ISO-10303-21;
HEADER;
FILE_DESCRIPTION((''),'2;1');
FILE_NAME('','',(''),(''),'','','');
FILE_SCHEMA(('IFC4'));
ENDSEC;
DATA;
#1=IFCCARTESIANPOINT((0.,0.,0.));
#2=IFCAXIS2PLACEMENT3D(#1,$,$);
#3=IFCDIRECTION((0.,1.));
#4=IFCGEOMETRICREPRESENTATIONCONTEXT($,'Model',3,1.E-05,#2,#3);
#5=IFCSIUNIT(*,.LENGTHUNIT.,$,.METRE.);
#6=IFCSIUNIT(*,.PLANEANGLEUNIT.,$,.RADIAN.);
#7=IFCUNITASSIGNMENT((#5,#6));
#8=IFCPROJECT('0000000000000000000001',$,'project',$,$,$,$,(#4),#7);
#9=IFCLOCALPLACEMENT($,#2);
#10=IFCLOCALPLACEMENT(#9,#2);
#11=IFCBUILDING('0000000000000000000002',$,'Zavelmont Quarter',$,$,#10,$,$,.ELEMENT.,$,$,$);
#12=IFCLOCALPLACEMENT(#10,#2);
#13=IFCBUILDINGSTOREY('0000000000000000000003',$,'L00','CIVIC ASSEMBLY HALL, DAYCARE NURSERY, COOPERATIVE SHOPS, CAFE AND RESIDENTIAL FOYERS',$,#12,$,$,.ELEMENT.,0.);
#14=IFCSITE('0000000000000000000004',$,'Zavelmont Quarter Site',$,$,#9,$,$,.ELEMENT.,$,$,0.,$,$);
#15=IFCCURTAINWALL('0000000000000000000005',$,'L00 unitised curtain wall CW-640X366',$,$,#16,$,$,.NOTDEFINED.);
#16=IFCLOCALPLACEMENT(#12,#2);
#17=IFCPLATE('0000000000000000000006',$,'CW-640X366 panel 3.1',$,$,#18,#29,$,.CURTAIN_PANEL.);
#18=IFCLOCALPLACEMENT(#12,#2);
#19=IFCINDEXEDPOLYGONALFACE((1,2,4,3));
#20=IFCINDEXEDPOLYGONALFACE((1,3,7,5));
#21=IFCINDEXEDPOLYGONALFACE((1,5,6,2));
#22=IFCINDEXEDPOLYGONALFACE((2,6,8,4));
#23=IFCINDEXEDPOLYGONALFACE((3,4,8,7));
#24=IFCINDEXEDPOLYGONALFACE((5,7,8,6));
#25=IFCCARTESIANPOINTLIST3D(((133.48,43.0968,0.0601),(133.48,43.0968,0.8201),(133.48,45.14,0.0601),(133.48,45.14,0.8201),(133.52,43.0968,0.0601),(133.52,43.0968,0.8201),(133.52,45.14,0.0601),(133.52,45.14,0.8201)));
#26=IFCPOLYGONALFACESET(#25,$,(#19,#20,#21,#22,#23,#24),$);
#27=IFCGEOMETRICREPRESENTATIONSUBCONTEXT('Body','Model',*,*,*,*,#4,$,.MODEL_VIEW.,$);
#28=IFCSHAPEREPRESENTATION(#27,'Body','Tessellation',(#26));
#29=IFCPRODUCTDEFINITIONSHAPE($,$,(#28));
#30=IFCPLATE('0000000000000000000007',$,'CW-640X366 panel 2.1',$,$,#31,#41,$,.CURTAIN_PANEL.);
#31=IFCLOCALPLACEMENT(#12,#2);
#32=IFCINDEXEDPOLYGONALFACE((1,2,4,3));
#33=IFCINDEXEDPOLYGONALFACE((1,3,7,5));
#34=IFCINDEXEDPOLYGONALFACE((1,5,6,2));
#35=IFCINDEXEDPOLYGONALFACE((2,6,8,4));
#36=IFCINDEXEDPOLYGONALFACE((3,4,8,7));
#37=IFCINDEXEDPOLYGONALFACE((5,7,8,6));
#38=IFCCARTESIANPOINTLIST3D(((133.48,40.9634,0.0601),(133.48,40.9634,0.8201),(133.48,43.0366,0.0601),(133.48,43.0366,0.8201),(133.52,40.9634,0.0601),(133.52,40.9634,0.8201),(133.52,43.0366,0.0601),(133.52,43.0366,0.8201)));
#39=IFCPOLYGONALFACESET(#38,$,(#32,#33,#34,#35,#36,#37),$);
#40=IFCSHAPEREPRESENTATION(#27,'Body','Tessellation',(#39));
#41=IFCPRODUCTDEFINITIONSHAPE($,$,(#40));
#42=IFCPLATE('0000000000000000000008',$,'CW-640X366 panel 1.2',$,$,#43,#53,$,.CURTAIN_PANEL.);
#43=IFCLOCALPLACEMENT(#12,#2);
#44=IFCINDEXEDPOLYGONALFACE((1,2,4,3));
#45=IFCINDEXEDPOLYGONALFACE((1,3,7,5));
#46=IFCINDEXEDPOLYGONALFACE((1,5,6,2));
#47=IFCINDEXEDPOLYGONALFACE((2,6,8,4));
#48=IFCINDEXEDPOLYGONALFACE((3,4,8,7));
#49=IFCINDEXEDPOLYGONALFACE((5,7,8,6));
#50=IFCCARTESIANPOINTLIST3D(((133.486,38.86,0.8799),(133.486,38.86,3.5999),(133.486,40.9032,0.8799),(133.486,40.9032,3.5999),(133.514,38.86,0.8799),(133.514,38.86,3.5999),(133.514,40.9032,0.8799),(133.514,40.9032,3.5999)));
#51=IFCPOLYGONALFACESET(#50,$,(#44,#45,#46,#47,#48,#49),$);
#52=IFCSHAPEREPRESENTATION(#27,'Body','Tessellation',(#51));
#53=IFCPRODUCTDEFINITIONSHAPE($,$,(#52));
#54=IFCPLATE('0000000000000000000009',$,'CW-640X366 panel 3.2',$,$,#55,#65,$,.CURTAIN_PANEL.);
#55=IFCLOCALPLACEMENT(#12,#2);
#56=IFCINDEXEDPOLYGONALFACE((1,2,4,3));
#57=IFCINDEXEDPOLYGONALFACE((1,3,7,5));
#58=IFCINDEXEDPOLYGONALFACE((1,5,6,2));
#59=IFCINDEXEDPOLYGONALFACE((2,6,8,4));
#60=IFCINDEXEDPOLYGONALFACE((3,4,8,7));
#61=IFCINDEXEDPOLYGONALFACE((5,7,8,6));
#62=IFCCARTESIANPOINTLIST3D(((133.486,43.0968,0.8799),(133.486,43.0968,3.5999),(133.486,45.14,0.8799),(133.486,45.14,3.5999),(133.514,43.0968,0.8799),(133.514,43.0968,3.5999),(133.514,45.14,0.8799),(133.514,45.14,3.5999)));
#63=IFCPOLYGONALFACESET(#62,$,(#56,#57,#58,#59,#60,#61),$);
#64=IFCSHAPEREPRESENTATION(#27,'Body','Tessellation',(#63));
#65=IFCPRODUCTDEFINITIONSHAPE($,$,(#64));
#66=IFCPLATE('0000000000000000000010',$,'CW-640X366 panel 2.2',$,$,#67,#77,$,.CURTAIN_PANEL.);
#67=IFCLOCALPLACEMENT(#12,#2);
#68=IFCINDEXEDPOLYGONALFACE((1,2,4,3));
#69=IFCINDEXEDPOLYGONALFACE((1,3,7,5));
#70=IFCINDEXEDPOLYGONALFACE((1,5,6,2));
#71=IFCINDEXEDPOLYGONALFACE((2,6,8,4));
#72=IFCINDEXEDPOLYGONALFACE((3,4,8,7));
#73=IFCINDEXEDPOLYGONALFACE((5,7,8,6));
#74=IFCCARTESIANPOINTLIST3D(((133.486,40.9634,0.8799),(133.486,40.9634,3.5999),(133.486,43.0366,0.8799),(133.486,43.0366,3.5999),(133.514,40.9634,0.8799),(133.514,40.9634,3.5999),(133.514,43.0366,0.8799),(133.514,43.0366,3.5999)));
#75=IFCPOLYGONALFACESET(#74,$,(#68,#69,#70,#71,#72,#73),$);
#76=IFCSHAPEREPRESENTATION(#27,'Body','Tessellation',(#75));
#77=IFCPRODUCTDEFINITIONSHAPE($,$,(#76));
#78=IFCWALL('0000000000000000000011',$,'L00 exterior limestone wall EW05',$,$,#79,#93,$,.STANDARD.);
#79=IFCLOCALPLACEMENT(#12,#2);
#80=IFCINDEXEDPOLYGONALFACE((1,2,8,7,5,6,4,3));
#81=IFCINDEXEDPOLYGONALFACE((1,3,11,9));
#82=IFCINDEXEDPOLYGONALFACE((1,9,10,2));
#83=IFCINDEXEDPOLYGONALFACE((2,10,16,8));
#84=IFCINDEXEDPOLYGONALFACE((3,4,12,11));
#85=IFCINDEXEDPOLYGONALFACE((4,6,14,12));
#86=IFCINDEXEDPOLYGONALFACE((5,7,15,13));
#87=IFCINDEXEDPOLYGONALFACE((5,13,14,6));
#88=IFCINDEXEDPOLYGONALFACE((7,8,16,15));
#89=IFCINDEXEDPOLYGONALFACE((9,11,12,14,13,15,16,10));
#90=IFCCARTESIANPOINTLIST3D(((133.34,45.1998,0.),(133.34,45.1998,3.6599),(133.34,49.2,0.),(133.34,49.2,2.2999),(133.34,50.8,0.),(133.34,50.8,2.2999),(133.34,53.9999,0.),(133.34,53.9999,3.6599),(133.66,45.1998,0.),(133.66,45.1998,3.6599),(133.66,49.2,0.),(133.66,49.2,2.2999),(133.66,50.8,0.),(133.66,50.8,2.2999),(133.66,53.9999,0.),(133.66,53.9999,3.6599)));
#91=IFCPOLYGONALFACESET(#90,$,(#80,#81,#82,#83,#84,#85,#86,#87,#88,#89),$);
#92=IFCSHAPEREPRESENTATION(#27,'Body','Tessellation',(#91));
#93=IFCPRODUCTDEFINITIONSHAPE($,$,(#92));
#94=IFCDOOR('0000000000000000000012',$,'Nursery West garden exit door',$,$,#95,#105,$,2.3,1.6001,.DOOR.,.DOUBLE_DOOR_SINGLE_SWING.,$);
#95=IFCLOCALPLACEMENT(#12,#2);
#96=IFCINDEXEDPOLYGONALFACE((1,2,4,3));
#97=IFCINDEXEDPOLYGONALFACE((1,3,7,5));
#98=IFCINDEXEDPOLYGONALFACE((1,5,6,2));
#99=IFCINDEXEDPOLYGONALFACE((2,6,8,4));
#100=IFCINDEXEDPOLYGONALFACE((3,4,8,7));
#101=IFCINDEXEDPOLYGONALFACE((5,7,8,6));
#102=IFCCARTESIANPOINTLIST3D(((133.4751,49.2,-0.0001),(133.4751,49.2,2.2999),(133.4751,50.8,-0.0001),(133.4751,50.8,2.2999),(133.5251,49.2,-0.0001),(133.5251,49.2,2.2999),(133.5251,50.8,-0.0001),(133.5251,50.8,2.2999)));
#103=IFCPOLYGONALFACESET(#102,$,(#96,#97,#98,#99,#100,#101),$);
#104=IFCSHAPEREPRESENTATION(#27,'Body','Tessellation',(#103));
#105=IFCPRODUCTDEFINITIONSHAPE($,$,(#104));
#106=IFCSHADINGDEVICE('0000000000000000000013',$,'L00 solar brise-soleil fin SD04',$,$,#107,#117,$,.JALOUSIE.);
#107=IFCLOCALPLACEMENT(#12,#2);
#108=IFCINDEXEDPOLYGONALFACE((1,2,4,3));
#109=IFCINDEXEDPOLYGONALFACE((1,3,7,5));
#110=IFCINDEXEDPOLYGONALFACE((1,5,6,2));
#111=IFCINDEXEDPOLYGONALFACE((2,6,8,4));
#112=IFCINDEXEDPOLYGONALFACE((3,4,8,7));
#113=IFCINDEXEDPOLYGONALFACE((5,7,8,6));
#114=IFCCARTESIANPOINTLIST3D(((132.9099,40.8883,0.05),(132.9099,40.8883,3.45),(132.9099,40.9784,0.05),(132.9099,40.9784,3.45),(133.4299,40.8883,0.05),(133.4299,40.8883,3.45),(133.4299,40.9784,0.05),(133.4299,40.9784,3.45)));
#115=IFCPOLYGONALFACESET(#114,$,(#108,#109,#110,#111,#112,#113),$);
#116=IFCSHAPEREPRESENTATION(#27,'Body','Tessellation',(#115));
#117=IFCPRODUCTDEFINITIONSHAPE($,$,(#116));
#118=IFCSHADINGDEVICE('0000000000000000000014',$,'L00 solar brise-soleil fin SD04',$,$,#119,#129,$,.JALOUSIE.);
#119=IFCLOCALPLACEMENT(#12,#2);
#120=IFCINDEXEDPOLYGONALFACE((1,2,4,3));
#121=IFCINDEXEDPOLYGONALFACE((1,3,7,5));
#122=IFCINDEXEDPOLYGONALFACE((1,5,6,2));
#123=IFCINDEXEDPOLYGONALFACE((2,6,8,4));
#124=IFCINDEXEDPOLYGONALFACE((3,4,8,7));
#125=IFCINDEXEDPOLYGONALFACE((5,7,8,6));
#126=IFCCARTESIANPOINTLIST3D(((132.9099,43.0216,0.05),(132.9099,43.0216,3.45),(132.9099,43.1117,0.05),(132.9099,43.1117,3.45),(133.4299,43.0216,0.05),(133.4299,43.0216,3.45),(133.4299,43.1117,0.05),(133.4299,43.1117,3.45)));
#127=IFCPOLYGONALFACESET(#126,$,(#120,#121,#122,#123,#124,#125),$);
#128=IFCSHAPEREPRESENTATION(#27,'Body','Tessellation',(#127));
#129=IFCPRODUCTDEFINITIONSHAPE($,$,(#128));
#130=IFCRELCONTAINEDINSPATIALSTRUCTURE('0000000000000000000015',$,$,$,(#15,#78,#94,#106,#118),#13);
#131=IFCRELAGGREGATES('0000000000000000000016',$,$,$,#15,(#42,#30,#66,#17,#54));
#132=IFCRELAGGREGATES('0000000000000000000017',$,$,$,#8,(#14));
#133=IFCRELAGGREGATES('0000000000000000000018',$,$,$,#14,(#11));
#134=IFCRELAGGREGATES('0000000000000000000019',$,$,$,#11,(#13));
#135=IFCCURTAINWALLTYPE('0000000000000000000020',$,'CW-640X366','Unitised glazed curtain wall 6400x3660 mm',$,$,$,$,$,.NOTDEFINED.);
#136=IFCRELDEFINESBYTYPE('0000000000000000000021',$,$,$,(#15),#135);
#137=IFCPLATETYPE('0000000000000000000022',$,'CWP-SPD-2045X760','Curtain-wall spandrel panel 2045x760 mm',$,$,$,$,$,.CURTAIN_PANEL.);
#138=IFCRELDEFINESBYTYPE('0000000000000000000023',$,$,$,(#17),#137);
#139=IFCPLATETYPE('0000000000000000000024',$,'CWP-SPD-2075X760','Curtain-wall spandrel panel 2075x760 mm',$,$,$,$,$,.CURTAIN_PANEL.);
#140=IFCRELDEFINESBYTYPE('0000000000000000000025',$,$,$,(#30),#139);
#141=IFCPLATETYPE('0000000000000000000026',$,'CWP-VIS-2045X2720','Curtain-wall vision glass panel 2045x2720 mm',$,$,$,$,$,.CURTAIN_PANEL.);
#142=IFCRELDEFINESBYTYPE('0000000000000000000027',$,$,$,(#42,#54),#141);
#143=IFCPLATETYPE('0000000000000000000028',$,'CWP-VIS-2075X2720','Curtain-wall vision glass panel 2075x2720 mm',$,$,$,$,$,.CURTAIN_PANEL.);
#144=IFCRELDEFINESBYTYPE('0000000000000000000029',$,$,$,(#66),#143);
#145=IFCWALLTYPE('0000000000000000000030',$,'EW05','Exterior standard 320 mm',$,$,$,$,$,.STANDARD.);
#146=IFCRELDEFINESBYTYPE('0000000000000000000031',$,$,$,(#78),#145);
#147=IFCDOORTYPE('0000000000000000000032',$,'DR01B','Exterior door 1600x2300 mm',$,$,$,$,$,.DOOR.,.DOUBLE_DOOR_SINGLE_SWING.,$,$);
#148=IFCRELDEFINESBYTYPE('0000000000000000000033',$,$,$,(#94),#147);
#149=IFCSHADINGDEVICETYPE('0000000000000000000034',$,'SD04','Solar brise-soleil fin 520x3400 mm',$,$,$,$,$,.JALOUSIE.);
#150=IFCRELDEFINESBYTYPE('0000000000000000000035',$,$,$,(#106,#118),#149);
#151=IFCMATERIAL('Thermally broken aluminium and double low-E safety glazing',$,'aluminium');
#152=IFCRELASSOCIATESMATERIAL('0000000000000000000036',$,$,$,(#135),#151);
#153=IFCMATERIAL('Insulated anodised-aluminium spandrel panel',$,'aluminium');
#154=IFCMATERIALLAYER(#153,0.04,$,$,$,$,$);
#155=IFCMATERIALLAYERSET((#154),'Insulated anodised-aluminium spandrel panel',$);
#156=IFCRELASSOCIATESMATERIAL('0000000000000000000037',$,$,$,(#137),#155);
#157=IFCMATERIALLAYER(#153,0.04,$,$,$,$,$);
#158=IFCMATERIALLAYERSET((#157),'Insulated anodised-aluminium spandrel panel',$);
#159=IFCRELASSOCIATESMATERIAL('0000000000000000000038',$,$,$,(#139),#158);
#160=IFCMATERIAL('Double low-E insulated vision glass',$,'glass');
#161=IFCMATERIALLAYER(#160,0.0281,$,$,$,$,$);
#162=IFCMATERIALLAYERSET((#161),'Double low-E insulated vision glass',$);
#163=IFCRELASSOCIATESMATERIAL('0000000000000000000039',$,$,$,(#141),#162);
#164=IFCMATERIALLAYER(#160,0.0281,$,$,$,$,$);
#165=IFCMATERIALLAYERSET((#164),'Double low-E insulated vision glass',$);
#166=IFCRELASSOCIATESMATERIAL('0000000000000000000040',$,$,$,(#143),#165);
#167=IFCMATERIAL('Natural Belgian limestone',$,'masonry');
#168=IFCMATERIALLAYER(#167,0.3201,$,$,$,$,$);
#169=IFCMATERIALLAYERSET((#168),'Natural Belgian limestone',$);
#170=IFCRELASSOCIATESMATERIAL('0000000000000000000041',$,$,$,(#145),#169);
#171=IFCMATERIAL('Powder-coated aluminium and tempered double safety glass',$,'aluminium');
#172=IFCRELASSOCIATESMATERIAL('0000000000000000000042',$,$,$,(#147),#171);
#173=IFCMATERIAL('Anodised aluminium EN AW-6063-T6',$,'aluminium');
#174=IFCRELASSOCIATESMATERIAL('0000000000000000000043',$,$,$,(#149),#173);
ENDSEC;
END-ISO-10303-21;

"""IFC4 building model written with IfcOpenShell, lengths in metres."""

from ifc_helpers import new_model, si_unit, direction, frame, frame_2d, origin, origin_with_axes, origin_2d, place, context, subcontext, project, spatial, rectangle, extrude, material, layer, layer_set, type_object, element, fill, aggregate, save


model = new_model("IFC4")

# Units and contexts
model_context = context("Model", 3, precision=1e-05, world=origin(), true_north=direction((0.0, 1.0)))
body_context = subcontext(model_context, "Body", "Model", "MODEL_VIEW")
ifc_project = project(units=[si_unit("LENGTHUNIT", "METRE"), si_unit("PLANEANGLEUNIT", "RADIAN")], contexts=[model_context])

# Site, building, storey
site_placement = place(None, origin())
site = spatial("IfcSite", under=ifc_project, at=site_placement, Name="Zavelmont Quarter Site", CompositionType="ELEMENT", RefElevation=0.0)
building_placement = place(site_placement, origin())
building = spatial("IfcBuilding", under=site, at=building_placement, Name="Zavelmont Quarter", CompositionType="ELEMENT")
storey_placement = place(building_placement, origin())
storey = spatial("IfcBuildingStorey", under=building, at=storey_placement, Name="L00", Description="CIVIC ASSEMBLY HALL, DAYCARE NURSERY, COOPERATIVE SHOPS, CAFE AND RESIDENTIAL FOYERS", CompositionType="ELEMENT", Elevation=0.0)

# Curtain wall
ifc_material_1 = material(Name="Thermally broken aluminium and double low-E safety glazing", Category="aluminium")
curtain_wall_type_1 = type_object("IfcCurtainWallType", Name="CW-640X366", Description="Unitised glazed curtain wall 6400x3660 mm", PredefinedType="NOTDEFINED", material=ifc_material_1)
curtain_wall_1_placement = place(storey_placement, origin())
curtain_wall_1 = element("IfcCurtainWall", 1, at=curtain_wall_1_placement, inside=storey, type_object=curtain_wall_type_1, Name="L00 unitised curtain wall CW-640X366", PredefinedType="NOTDEFINED")

# Plates
ifc_material_2 = material(Name="Insulated anodised-aluminium spandrel panel", Category="aluminium")
ifc_layer_1 = layer(ifc_material_2, 0.04)
ifc_layer_set_1 = layer_set([ifc_layer_1], Name="Insulated anodised-aluminium spandrel panel")
plate_type_1 = type_object("IfcPlateType", Name="CWP-SPD-2045X760", Description="Curtain-wall spandrel panel 2045x760 mm", PredefinedType="CURTAIN_PANEL", material=ifc_layer_set_1)
plate_1_placement = place(storey_placement, frame((133.5, 44.1184, 0.0601), z_axis=(0.0, 0.0, 1.0), x_axis=(0.0, 1.0, 0.0)))
plate_1 = element("IfcPlate", 2, at=plate_1_placement, type_object=plate_type_1, Name="CW-640X366 panel 3.1", PredefinedType="CURTAIN_PANEL", context=body_context, shape_type="SweptSolid", body=[
    extrude(rectangle(XDim=2.0432, YDim=0.04, at=origin_2d()), origin(), (0.0, 0.0, 1.0), 0.76),
])
ifc_layer_2 = layer(ifc_material_2, 0.04)
ifc_layer_set_2 = layer_set([ifc_layer_2], Name="Insulated anodised-aluminium spandrel panel")
plate_type_2 = type_object("IfcPlateType", Name="CWP-SPD-2075X760", Description="Curtain-wall spandrel panel 2075x760 mm", PredefinedType="CURTAIN_PANEL", material=ifc_layer_set_2)
plate_2_placement = place(storey_placement, frame((133.5, 42.0, 0.0601), z_axis=(0.0, 0.0, 1.0), x_axis=(0.0, 1.0, 0.0)))
plate_2 = element("IfcPlate", 3, at=plate_2_placement, type_object=plate_type_2, Name="CW-640X366 panel 2.1", PredefinedType="CURTAIN_PANEL", context=body_context, shape_type="SweptSolid", body=[
    extrude(rectangle(XDim=2.0732, YDim=0.04, at=origin_2d()), origin(), (0.0, 0.0, 1.0), 0.76),
])
ifc_material_3 = material(Name="Double low-E insulated vision glass", Category="glass")
ifc_layer_3 = layer(ifc_material_3, 0.0281)
ifc_layer_set_3 = layer_set([ifc_layer_3], Name="Double low-E insulated vision glass")
plate_type_3 = type_object("IfcPlateType", Name="CWP-VIS-2045X2720", Description="Curtain-wall vision glass panel 2045x2720 mm", PredefinedType="CURTAIN_PANEL", material=ifc_layer_set_3)
plate_3_placement = place(storey_placement, frame((133.5, 39.8816, 0.8799), z_axis=(0.0, 0.0, 1.0), x_axis=(0.0, 1.0, 0.0)))
plate_3 = element("IfcPlate", 4, at=plate_3_placement, type_object=plate_type_3, Name="CW-640X366 panel 1.2", PredefinedType="CURTAIN_PANEL", context=body_context, shape_type="SweptSolid", body=[
    extrude(rectangle(XDim=2.0432, YDim=0.0281, at=origin_2d()), origin(), (0.0, 0.0, 1.0), 2.72),
])
plate_4_placement = place(storey_placement, frame((133.5, 44.1184, 0.8799), z_axis=(0.0, 0.0, 1.0), x_axis=(0.0, 1.0, 0.0)))
plate_4 = element("IfcPlate", 5, at=plate_4_placement, type_object=plate_type_3, Name="CW-640X366 panel 3.2", PredefinedType="CURTAIN_PANEL", context=body_context, shape_type="SweptSolid", body=[
    extrude(rectangle(XDim=2.0432, YDim=0.0281, at=origin_2d()), origin(), (0.0, 0.0, 1.0), 2.72),
])
ifc_layer_4 = layer(ifc_material_3, 0.0281)
ifc_layer_set_4 = layer_set([ifc_layer_4], Name="Double low-E insulated vision glass")
plate_type_4 = type_object("IfcPlateType", Name="CWP-VIS-2075X2720", Description="Curtain-wall vision glass panel 2075x2720 mm", PredefinedType="CURTAIN_PANEL", material=ifc_layer_set_4)
plate_5_placement = place(storey_placement, frame((133.5, 42.0, 0.8799), z_axis=(0.0, 0.0, 1.0), x_axis=(0.0, 1.0, 0.0)))
plate_5 = element("IfcPlate", 6, at=plate_5_placement, type_object=plate_type_4, Name="CW-640X366 panel 2.2", PredefinedType="CURTAIN_PANEL", context=body_context, shape_type="SweptSolid", body=[
    extrude(rectangle(XDim=2.0732, YDim=0.0281, at=origin_2d()), origin(), (0.0, 0.0, 1.0), 2.72),
])
aggregate(curtain_wall_1, [plate_3, plate_2, plate_5, plate_1, plate_4])

# Wall, opening, door
ifc_material_4 = material(Name="Natural Belgian limestone", Category="masonry")
ifc_layer_5 = layer(ifc_material_4, 0.3201)
ifc_layer_set_5 = layer_set([ifc_layer_5], Name="Natural Belgian limestone")
wall_type = type_object("IfcWallType", Name="EW05", Description="Exterior standard 320 mm", PredefinedType="STANDARD", material=ifc_layer_set_5)
wall_placement = place(storey_placement, frame((133.5, 45.2, 0.0), z_axis=(0.0, 0.0, 1.0), x_axis=(0.0, 1.0, 0.0)))
wall = element("IfcWall", 7, at=wall_placement, inside=storey, type_object=wall_type, Name="L00 exterior limestone wall EW05", PredefinedType="STANDARD", context=body_context, shape_type="SweptSolid", body=[
    extrude(rectangle(XDim=8.8, YDim=0.3201, at=frame_2d((4.3999, 0.0))), origin(), (0.0, 0.0, 1.0), 3.6599),
])
opening_placement = place(wall_placement, frame((4.0, 0.0, 0.0)))
opening = element("IfcOpeningElement", 8, at=opening_placement, cuts=wall, PredefinedType="OPENING", context=body_context, shape_type="SweptSolid", body=[
    extrude(rectangle(XDim=1.6001, YDim=2.3, at=frame_2d((0.8, 1.1499))), frame((0.0, 0.1719, 0.0), z_axis=(0.0, -1.0, 0.0), x_axis=(1.0, 0.0, 0.0)), (0.0, 0.0, 1.0), 0.344),
])
ifc_material_5 = material(Name="Powder-coated aluminium and tempered double safety glass", Category="aluminium")
door_type = type_object("IfcDoorType", Name="DR01B", Description="Exterior door 1600x2300 mm", OperationType="DOUBLE_DOOR_SINGLE_SWING", PredefinedType="DOOR", material=ifc_material_5)
door_placement = place(opening_placement, origin_with_axes())
door = element("IfcDoor", 9, at=door_placement, inside=storey, type_object=door_type, Name="Nursery West garden exit door", OperationType="DOUBLE_DOOR_SINGLE_SWING", OverallHeight=2.3, OverallWidth=1.6001, PredefinedType="DOOR", context=body_context, shape_type="SweptSolid", body=[
    extrude(rectangle(XDim=1.6001, YDim=2.3, at=frame_2d((0.8, 1.1499))), frame((0.0, 0.0249, 0.0), z_axis=(0.0, -1.0, 0.0), x_axis=(1.0, 0.0, 0.0)), (0.0, 0.0, 1.0), 0.05),
])
fill(opening, door)

# Shading devices
ifc_material_6 = material(Name="Anodised aluminium EN AW-6063-T6", Category="aluminium")
shading_device_type = type_object("IfcShadingDeviceType", Name="SD04", Description="Solar brise-soleil fin 520x3400 mm", PredefinedType="JALOUSIE", material=ifc_material_6)
for number, where, z_axis, x_axis, name in (
    (10, (133.1699, 40.9333, 0.05), (0.0, 0.0, 1.0), (0.0, 1.0, 0.0), "L00 solar brise-soleil fin SD04"),
    (11, (133.1699, 43.0667, 0.05), (0.0, 0.0, 1.0), (0.0, 1.0, 0.0), "L00 solar brise-soleil fin SD04"),
):
    element("IfcShadingDevice", number, at=place(storey_placement, frame(where, z_axis=z_axis, x_axis=x_axis)), inside=storey, type_object=shading_device_type, Name=name, PredefinedType="JALOUSIE", context=body_context, shape_type="SweptSolid", body=[
        extrude(rectangle(XDim=0.0901, YDim=0.52, at=origin_2d()), origin(), (0.0, 0.0, 1.0), 3.3999),
    ])

save(model, "model.ifc")
